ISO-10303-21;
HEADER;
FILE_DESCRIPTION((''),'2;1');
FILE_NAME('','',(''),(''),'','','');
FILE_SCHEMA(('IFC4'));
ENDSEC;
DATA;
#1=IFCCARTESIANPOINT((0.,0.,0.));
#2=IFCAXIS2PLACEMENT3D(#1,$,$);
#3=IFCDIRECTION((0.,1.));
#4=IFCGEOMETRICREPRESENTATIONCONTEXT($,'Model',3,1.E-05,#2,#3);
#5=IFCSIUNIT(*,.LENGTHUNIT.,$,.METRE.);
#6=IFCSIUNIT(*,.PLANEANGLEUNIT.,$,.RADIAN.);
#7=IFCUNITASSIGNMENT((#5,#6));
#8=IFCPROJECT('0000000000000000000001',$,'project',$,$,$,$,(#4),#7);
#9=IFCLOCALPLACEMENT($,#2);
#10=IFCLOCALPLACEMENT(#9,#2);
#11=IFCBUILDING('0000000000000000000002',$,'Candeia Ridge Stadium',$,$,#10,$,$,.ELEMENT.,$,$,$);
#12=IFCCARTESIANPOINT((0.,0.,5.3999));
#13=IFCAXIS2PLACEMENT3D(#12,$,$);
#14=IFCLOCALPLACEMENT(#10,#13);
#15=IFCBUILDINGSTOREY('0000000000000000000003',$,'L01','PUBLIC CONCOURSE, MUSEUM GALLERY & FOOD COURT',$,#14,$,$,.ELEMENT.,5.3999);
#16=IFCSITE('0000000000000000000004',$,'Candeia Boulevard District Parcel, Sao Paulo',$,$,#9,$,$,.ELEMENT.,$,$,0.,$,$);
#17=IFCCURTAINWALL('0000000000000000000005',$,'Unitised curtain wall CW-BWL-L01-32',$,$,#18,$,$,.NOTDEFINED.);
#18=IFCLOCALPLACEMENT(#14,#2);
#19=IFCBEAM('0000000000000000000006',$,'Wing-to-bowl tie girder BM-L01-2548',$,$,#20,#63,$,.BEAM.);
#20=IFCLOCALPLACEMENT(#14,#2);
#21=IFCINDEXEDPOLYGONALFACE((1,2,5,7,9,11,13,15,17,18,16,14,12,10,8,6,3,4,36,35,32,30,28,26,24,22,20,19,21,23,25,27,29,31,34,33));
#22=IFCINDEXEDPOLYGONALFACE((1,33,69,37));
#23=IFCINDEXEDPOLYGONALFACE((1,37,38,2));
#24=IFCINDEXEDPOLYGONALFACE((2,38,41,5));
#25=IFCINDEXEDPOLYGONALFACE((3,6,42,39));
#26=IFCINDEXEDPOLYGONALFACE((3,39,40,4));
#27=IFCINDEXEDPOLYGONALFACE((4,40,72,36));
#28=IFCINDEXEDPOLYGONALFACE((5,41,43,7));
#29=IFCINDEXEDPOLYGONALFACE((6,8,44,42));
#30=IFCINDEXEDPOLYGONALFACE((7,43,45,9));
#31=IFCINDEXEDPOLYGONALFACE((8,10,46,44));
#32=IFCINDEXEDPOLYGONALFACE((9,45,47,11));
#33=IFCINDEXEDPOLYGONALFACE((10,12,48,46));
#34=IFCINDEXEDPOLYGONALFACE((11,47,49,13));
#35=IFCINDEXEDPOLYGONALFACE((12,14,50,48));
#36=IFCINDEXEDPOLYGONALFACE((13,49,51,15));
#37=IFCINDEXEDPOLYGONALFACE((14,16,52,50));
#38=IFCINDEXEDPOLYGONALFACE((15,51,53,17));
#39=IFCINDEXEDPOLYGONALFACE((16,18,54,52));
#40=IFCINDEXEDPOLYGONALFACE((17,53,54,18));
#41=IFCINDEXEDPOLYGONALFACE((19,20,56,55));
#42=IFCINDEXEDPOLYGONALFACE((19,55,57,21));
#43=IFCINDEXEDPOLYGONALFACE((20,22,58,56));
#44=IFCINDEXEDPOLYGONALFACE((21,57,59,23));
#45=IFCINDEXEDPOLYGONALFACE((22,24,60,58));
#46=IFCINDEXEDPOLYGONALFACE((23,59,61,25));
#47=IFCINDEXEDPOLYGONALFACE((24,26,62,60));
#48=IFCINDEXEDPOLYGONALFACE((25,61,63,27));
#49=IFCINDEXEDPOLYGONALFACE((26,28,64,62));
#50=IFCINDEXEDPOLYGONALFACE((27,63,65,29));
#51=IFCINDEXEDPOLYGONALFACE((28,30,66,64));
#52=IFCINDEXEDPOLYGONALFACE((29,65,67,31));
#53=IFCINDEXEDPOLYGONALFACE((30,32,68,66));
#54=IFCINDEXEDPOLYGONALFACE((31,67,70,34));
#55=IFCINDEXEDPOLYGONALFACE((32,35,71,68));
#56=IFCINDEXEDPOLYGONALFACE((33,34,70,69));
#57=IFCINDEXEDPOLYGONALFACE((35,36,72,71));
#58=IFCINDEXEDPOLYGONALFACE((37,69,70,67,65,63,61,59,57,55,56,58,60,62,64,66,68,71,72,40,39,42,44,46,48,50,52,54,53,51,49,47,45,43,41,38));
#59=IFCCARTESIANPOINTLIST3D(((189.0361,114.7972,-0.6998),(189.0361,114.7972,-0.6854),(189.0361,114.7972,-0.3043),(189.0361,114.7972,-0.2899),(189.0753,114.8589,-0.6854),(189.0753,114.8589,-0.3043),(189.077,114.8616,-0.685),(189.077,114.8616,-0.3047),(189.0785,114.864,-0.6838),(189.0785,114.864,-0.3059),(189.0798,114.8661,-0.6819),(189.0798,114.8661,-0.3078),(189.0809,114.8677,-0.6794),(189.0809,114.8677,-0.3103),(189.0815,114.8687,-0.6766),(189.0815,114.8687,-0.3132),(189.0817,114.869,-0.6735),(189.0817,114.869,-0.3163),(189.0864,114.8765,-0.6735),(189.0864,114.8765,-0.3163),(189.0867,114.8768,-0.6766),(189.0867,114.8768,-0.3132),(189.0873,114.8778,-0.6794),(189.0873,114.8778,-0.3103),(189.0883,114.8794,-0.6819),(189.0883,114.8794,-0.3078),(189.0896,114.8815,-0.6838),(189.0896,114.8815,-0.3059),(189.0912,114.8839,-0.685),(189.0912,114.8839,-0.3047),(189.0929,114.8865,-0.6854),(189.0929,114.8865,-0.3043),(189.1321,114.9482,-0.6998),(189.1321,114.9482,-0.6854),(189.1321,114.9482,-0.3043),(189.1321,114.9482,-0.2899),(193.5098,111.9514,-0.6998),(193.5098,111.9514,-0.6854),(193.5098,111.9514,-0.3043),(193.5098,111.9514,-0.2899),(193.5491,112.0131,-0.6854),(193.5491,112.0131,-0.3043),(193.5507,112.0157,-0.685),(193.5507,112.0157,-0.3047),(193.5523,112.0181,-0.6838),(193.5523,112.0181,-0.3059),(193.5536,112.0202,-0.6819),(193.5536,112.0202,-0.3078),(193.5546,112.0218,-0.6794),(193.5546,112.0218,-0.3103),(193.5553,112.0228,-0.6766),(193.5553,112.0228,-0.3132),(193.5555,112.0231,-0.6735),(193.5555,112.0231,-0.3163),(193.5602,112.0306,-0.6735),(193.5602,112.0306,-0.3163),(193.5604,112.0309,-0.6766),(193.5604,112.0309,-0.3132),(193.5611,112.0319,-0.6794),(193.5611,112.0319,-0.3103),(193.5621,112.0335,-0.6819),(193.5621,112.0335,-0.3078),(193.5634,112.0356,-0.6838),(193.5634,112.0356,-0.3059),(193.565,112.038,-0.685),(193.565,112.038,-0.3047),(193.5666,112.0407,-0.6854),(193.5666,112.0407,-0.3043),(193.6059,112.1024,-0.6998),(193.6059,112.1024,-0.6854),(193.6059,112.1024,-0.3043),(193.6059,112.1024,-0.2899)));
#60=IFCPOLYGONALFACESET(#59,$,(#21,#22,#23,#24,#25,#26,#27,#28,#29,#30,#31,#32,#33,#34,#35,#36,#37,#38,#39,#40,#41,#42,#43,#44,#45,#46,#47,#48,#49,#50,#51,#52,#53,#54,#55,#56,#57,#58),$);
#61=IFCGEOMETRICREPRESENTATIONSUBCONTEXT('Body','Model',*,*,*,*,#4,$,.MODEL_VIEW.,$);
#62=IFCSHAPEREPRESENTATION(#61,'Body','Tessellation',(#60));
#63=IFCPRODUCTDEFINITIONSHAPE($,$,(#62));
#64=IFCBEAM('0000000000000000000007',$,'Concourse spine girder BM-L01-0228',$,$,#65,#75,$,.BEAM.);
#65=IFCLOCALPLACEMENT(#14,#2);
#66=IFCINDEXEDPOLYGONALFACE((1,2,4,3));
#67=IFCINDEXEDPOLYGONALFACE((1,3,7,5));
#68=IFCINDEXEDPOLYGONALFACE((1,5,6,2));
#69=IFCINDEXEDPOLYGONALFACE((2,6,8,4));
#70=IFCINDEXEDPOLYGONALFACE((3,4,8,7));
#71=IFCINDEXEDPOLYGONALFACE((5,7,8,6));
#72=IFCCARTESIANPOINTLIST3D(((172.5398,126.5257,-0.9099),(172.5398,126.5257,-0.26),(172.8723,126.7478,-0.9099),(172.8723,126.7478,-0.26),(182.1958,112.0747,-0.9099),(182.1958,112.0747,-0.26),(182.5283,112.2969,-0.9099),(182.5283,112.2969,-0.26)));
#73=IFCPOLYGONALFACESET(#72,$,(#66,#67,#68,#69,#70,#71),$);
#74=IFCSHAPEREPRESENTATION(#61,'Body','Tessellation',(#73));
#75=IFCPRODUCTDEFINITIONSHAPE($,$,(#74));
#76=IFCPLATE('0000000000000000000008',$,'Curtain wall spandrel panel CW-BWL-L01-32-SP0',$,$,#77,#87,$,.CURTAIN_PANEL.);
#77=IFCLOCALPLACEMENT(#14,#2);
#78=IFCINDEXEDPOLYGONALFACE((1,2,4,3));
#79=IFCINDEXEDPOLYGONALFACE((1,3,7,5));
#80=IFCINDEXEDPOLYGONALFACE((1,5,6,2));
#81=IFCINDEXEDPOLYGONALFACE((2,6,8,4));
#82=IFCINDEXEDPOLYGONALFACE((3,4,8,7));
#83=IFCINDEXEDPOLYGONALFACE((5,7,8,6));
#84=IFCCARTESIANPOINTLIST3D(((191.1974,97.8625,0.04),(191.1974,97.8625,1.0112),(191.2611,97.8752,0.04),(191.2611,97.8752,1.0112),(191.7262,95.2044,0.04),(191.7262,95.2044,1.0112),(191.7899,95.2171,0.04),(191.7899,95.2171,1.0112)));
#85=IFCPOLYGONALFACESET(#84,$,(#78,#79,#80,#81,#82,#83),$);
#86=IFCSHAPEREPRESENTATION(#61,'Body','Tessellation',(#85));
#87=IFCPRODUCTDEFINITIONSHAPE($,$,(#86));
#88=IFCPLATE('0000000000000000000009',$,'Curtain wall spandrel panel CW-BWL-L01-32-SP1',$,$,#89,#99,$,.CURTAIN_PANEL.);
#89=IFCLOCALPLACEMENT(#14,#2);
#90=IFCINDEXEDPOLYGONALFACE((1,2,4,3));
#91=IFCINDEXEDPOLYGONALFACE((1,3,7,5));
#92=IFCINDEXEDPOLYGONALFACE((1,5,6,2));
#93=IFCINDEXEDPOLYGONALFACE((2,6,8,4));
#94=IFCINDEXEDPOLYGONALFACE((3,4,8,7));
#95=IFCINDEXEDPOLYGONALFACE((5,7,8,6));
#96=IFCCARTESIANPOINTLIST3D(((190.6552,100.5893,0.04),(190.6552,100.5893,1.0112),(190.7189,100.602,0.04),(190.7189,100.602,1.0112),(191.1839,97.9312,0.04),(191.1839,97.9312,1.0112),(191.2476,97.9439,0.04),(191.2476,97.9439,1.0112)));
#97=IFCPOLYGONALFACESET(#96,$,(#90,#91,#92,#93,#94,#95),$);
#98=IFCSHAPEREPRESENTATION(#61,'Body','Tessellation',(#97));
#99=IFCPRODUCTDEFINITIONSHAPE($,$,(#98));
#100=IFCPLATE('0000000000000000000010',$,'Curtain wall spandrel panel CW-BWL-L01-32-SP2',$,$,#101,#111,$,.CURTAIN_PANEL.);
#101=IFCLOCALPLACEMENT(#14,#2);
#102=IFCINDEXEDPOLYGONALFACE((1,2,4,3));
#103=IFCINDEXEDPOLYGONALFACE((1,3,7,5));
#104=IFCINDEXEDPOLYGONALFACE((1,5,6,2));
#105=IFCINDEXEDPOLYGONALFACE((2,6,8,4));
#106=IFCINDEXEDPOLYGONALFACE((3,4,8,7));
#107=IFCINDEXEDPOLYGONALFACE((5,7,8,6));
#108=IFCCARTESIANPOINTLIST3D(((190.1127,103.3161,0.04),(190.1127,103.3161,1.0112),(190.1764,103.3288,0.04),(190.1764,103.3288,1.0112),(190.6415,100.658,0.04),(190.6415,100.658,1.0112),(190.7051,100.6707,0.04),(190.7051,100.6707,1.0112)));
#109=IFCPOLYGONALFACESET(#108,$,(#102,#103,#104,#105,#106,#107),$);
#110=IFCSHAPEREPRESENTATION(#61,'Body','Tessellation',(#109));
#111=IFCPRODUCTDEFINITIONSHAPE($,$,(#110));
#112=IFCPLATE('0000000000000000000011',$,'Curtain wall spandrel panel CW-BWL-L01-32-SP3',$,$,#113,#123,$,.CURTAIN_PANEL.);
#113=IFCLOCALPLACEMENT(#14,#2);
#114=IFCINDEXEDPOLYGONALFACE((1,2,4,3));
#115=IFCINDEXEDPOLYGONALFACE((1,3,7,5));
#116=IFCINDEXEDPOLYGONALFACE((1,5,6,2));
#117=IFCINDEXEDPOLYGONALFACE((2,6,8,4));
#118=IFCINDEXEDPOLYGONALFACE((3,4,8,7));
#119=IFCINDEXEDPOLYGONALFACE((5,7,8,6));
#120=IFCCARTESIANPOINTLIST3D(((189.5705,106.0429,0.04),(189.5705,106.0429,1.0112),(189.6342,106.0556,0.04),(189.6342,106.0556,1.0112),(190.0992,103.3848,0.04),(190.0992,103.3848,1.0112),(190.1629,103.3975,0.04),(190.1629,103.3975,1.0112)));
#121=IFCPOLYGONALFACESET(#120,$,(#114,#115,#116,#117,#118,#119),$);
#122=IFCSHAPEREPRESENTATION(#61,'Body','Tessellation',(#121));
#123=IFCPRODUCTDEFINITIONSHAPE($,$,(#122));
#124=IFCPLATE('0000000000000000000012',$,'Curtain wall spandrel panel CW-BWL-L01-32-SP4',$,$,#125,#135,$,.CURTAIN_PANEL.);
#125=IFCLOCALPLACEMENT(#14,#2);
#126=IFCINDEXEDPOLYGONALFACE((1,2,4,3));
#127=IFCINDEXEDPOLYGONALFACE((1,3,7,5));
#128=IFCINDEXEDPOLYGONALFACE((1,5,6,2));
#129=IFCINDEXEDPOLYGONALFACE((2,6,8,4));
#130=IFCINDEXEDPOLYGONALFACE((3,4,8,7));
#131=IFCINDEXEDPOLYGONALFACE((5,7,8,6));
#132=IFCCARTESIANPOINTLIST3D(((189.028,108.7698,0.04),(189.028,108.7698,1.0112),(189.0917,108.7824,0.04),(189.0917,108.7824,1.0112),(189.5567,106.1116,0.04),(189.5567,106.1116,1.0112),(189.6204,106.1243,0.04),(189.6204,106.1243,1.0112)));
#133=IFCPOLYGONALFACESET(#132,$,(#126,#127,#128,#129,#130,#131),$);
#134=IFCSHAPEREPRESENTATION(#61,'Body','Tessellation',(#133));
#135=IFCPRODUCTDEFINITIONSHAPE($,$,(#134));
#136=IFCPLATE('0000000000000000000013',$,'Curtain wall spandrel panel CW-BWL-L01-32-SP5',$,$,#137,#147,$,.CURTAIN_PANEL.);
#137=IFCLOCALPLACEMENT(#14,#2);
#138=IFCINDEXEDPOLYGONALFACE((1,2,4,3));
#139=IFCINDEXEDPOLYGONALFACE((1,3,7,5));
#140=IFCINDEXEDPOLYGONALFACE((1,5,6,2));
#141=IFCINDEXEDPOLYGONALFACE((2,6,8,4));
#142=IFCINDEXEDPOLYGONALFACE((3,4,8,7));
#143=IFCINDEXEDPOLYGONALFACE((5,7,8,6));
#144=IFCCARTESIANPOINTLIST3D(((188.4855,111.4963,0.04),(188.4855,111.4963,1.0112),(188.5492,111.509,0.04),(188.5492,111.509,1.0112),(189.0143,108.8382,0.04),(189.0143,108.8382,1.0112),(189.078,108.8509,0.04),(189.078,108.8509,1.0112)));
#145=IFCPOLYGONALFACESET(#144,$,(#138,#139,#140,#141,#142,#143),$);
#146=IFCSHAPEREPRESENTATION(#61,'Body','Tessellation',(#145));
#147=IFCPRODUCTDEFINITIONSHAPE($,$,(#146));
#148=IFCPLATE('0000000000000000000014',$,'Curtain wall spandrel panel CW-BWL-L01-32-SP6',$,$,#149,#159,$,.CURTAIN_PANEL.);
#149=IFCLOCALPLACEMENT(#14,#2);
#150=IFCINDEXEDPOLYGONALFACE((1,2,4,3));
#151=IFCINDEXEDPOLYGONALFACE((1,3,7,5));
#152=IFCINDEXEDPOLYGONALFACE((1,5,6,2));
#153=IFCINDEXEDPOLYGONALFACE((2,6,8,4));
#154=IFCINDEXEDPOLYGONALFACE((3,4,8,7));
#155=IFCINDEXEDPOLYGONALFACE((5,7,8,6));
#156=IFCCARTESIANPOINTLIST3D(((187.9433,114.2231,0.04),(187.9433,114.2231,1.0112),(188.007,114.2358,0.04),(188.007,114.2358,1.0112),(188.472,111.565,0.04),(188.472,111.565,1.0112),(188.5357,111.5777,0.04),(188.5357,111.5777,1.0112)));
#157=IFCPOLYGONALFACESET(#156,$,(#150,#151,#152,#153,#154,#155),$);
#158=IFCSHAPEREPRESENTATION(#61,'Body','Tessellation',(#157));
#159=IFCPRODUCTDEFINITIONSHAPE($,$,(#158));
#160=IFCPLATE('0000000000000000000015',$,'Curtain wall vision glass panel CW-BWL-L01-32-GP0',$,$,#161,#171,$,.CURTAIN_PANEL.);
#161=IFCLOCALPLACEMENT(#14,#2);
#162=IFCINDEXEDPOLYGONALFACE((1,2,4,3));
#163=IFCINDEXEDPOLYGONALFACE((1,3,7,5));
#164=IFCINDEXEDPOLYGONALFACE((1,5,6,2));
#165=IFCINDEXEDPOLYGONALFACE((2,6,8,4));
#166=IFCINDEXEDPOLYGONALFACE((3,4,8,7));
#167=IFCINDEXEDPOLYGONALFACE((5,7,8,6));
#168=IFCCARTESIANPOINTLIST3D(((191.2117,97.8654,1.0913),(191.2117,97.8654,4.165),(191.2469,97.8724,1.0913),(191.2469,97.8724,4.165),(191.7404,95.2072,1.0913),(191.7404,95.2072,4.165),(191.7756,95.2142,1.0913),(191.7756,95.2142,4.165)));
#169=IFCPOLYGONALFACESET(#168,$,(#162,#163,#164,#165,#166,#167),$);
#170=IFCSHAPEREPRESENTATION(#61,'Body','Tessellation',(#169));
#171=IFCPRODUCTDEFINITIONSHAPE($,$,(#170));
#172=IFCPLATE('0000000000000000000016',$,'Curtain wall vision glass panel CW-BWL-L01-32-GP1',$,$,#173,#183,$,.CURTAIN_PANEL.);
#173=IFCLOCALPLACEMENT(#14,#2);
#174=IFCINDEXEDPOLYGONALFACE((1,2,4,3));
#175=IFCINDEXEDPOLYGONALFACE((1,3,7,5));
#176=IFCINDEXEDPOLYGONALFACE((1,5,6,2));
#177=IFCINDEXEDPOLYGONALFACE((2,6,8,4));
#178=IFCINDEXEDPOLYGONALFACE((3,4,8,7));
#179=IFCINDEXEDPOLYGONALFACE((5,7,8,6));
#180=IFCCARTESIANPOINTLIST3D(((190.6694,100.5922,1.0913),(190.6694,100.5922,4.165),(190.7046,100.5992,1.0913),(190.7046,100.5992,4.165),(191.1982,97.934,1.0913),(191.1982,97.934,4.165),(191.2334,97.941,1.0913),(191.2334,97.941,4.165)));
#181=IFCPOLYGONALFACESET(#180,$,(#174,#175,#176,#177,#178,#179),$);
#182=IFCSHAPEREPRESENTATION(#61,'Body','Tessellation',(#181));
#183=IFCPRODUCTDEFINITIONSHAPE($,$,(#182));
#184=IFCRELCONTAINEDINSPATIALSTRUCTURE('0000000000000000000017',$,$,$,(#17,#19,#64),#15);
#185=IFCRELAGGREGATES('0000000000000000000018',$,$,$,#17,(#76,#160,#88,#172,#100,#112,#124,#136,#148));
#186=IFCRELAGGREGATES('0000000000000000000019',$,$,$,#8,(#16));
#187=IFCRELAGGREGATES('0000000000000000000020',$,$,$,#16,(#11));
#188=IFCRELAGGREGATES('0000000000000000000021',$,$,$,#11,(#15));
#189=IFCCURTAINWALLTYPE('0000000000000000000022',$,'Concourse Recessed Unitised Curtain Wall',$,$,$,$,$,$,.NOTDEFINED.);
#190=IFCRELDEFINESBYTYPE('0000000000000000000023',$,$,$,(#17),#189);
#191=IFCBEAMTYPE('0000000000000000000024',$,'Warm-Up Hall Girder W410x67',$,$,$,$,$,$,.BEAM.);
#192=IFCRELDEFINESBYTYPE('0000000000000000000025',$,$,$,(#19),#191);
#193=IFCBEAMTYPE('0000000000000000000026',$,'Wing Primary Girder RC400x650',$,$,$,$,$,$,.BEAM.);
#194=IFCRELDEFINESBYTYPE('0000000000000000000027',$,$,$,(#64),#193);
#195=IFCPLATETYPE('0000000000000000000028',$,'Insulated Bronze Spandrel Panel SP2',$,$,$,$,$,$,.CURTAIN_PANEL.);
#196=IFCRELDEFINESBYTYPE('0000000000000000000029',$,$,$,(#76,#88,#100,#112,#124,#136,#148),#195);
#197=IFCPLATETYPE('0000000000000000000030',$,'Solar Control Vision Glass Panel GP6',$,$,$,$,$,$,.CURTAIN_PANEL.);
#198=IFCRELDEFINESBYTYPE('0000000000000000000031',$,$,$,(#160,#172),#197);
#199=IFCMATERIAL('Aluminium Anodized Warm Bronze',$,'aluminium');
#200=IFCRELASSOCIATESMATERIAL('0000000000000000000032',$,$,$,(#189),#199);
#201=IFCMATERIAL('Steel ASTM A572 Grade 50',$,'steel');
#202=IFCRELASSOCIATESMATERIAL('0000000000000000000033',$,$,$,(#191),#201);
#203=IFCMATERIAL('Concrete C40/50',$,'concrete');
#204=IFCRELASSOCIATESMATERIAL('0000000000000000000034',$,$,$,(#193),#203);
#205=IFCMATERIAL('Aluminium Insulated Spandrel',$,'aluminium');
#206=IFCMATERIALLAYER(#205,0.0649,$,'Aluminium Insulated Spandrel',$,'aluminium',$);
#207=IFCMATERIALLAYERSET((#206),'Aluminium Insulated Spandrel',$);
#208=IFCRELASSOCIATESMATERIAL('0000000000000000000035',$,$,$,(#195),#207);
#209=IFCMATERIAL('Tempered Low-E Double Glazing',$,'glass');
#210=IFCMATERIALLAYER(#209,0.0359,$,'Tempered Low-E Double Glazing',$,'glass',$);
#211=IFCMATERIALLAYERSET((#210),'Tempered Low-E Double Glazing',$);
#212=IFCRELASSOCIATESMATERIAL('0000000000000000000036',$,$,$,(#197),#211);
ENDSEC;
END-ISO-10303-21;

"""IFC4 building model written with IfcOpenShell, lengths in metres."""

from ifc_helpers import new_model, si_unit, direction, frame, origin, origin_2d, place, context, subcontext, project, spatial, rectangle, i_section, extrude, material, layer, layer_set, material_profile, profile_set, type_object, element, aggregate, save


model = new_model("IFC4")

# Units and contexts
model_context = context("Model", 3, precision=1e-05, world=origin(), true_north=direction((0.0, 1.0)))
body_context = subcontext(model_context, "Body", "Model", "MODEL_VIEW")
ifc_project = project(units=[si_unit("LENGTHUNIT", "METRE"), si_unit("PLANEANGLEUNIT", "RADIAN")], contexts=[model_context])

# Site, building, storey
site_placement = place(None, origin())
site = spatial("IfcSite", under=ifc_project, at=site_placement, Name="Candeia Boulevard District Parcel, Sao Paulo", CompositionType="ELEMENT", RefElevation=0.0)
building_placement = place(site_placement, origin())
building = spatial("IfcBuilding", under=site, at=building_placement, Name="Candeia Ridge Stadium", CompositionType="ELEMENT")
storey_placement = place(building_placement, frame((0.0, 0.0, 5.3999)))
storey = spatial("IfcBuildingStorey", under=building, at=storey_placement, Name="L01", Description="PUBLIC CONCOURSE, MUSEUM GALLERY & FOOD COURT", CompositionType="ELEMENT", Elevation=5.3999)

# Shared definitions
ifc_material_1 = material(Name="Concrete C40/50", Category="concrete")

# Curtain wall
ifc_material_2 = material(Name="Aluminium Anodized Warm Bronze", Category="aluminium")
curtain_wall_type = type_object("IfcCurtainWallType", Name="Concourse Recessed Unitised Curtain Wall", PredefinedType="NOTDEFINED", material=ifc_material_2)
curtain_wall_placement = place(storey_placement, origin())
curtain_wall = element("IfcCurtainWall", 1, at=curtain_wall_placement, inside=storey, type_object=curtain_wall_type, Name="Unitised curtain wall CW-BWL-L01-32", PredefinedType="NOTDEFINED")

# Beams
ifc_material_3 = material(Name="Steel ASTM A572 Grade 50", Category="steel")
ifc_material_profile_1 = material_profile(ifc_material_3, i_section(OverallWidth=0.179, OverallDepth=0.4099, WebThickness=0.0088, FlangeThickness=0.0144, FilletRadius=0.012, at=origin_2d()), Name="W410x67", Category="steel")
ifc_profile_set_1 = profile_set([ifc_material_profile_1], Name="Steel ASTM A572 Grade 50")
beam_type_1 = type_object("IfcBeamType", Name="Warm-Up Hall Girder W410x67", PredefinedType="BEAM", material=ifc_profile_set_1)
beam_1_placement = place(storey_placement, frame((193.5579, 112.0269, -0.4949), z_axis=(-0.843752, 0.536732, 0.0), x_axis=(-0.536732, -0.843752, 0.0)))
element("IfcBeam", 2, at=beam_1_placement, inside=storey, type_object=beam_type_1, Name="Wing-to-bowl tie girder BM-L01-2548", PredefinedType="BEAM", context=body_context, shape_type="SweptSolid", body=[
    extrude(i_section(OverallWidth=0.179, OverallDepth=0.4099, WebThickness=0.0088, FlangeThickness=0.0144, FilletRadius=0.012, at=origin_2d()), origin(), (0.0, 0.0, 1.0), 5.3022),
])
ifc_material_profile_2 = material_profile(ifc_material_1, rectangle(XDim=0.3999, YDim=0.6499, at=origin_2d()), Name="RC400x650", Category="concrete")
ifc_profile_set_2 = profile_set([ifc_material_profile_2], Name="Concrete C40/50")
beam_type_2 = type_object("IfcBeamType", Name="Wing Primary Girder RC400x650", PredefinedType="BEAM", material=ifc_profile_set_2)
beam_2_placement = place(storey_placement, frame((182.3621, 112.1858, -0.585), z_axis=(-0.555578, 0.831464, 0.0), x_axis=(-0.831464, -0.555578, 0.0)))
element("IfcBeam", 3, at=beam_2_placement, inside=storey, type_object=beam_type_2, Name="Concourse spine girder BM-L01-0228", PredefinedType="BEAM", context=body_context, shape_type="SweptSolid", body=[
    extrude(rectangle(XDim=0.3999, YDim=0.6499, at=origin_2d()), origin(), (0.0, 0.0, 1.0), 17.3801),
])

# Plates
ifc_material_4 = material(Name="Aluminium Insulated Spandrel", Category="aluminium")
ifc_layer_1 = layer(ifc_material_4, 0.0649, Name="Aluminium Insulated Spandrel", Category="aluminium")
ifc_layer_set_1 = layer_set([ifc_layer_1], Name="Aluminium Insulated Spandrel")
plate_type_1 = type_object("IfcPlateType", Name="Insulated Bronze Spandrel Panel SP2", PredefinedType="CURTAIN_PANEL", material=ifc_layer_set_1)
plate_1_placement = place(storey_placement, frame((191.4937, 96.5398, 0.04), z_axis=(0.0, 0.0, 1.0), x_axis=(-0.19509, 0.980785, 0.0)))
plate_1 = element("IfcPlate", 4, at=plate_1_placement, type_object=plate_type_1, Name="Curtain wall spandrel panel CW-BWL-L01-32-SP0", PredefinedType="CURTAIN_PANEL", context=body_context, shape_type="SweptSolid", body=[
    extrude(rectangle(XDim=2.7102, YDim=0.0649, at=origin_2d()), origin(), (0.0, 0.0, 1.0), 0.9712),
])
plate_2_placement = place(storey_placement, frame((190.9514, 99.2666, 0.04), z_axis=(0.0, 0.0, 1.0), x_axis=(-0.19509, 0.980785, 0.0)))
plate_2 = element("IfcPlate", 5, at=plate_2_placement, type_object=plate_type_1, Name="Curtain wall spandrel panel CW-BWL-L01-32-SP1", PredefinedType="CURTAIN_PANEL", context=body_context, shape_type="SweptSolid", body=[
    extrude(rectangle(XDim=2.7102, YDim=0.0649, at=origin_2d()), origin(), (0.0, 0.0, 1.0), 0.9712),
])
plate_3_placement = place(storey_placement, frame((190.4089, 101.9934, 0.04), z_axis=(0.0, 0.0, 1.0), x_axis=(-0.19509, 0.980785, 0.0)))
plate_3 = element("IfcPlate", 6, at=plate_3_placement, type_object=plate_type_1, Name="Curtain wall spandrel panel CW-BWL-L01-32-SP2", PredefinedType="CURTAIN_PANEL", context=body_context, shape_type="SweptSolid", body=[
    extrude(rectangle(XDim=2.7102, YDim=0.0649, at=origin_2d()), origin(), (0.0, 0.0, 1.0), 0.9712),
])
plate_4_placement = place(storey_placement, frame((189.8667, 104.7202, 0.04), z_axis=(0.0, 0.0, 1.0), x_axis=(-0.19509, 0.980785, 0.0)))
plate_4 = element("IfcPlate", 7, at=plate_4_placement, type_object=plate_type_1, Name="Curtain wall spandrel panel CW-BWL-L01-32-SP3", PredefinedType="CURTAIN_PANEL", context=body_context, shape_type="SweptSolid", body=[
    extrude(rectangle(XDim=2.7102, YDim=0.0649, at=origin_2d()), origin(), (0.0, 0.0, 1.0), 0.9712),
])
plate_5_placement = place(storey_placement, frame((189.3242, 107.447, 0.04), z_axis=(0.0, 0.0, 1.0), x_axis=(-0.19509, 0.980785, 0.0)))
plate_5 = element("IfcPlate", 8, at=plate_5_placement, type_object=plate_type_1, Name="Curtain wall spandrel panel CW-BWL-L01-32-SP4", PredefinedType="CURTAIN_PANEL", context=body_context, shape_type="SweptSolid", body=[
    extrude(rectangle(XDim=2.7102, YDim=0.0649, at=origin_2d()), origin(), (0.0, 0.0, 1.0), 0.9712),
])
plate_6_placement = place(storey_placement, frame((188.7817, 110.1736, 0.04), z_axis=(0.0, 0.0, 1.0), x_axis=(-0.19509, 0.980785, 0.0)))
plate_6 = element("IfcPlate", 9, at=plate_6_placement, type_object=plate_type_1, Name="Curtain wall spandrel panel CW-BWL-L01-32-SP5", PredefinedType="CURTAIN_PANEL", context=body_context, shape_type="SweptSolid", body=[
    extrude(rectangle(XDim=2.7102, YDim=0.0649, at=origin_2d()), origin(), (0.0, 0.0, 1.0), 0.9712),
])
plate_7_placement = place(storey_placement, frame((188.2395, 112.9004, 0.04), z_axis=(0.0, 0.0, 1.0), x_axis=(-0.19509, 0.980785, 0.0)))
plate_7 = element("IfcPlate", 10, at=plate_7_placement, type_object=plate_type_1, Name="Curtain wall spandrel panel CW-BWL-L01-32-SP6", PredefinedType="CURTAIN_PANEL", context=body_context, shape_type="SweptSolid", body=[
    extrude(rectangle(XDim=2.7102, YDim=0.0649, at=origin_2d()), origin(), (0.0, 0.0, 1.0), 0.9712),
])
ifc_material_5 = material(Name="Tempered Low-E Double Glazing", Category="glass")
ifc_layer_2 = layer(ifc_material_5, 0.0359, Name="Tempered Low-E Double Glazing", Category="glass")
ifc_layer_set_2 = layer_set([ifc_layer_2], Name="Tempered Low-E Double Glazing")
plate_type_2 = type_object("IfcPlateType", Name="Solar Control Vision Glass Panel GP6", PredefinedType="CURTAIN_PANEL", material=ifc_layer_set_2)
plate_8_placement = place(storey_placement, frame((191.4937, 96.5398, 1.0913), z_axis=(0.0, 0.0, 1.0), x_axis=(-0.19509, 0.980785, 0.0)))
plate_8 = element("IfcPlate", 11, at=plate_8_placement, type_object=plate_type_2, Name="Curtain wall vision glass panel CW-BWL-L01-32-GP0", PredefinedType="CURTAIN_PANEL", context=body_context, shape_type="SweptSolid", body=[
    extrude(rectangle(XDim=2.7102, YDim=0.0359, at=origin_2d()), origin(), (0.0, 0.0, 1.0), 3.0737),
])
plate_9_placement = place(storey_placement, frame((190.9514, 99.2666, 1.0913), z_axis=(0.0, 0.0, 1.0), x_axis=(-0.19509, 0.980785, 0.0)))
plate_9 = element("IfcPlate", 12, at=plate_9_placement, type_object=plate_type_2, Name="Curtain wall vision glass panel CW-BWL-L01-32-GP1", PredefinedType="CURTAIN_PANEL", context=body_context, shape_type="SweptSolid", body=[
    extrude(rectangle(XDim=2.7102, YDim=0.0359, at=origin_2d()), origin(), (0.0, 0.0, 1.0), 3.0737),
])
aggregate(curtain_wall, [plate_1, plate_8, plate_2, plate_9, plate_3, plate_4, plate_5, plate_6, plate_7])

save(model, "model.ifc")
